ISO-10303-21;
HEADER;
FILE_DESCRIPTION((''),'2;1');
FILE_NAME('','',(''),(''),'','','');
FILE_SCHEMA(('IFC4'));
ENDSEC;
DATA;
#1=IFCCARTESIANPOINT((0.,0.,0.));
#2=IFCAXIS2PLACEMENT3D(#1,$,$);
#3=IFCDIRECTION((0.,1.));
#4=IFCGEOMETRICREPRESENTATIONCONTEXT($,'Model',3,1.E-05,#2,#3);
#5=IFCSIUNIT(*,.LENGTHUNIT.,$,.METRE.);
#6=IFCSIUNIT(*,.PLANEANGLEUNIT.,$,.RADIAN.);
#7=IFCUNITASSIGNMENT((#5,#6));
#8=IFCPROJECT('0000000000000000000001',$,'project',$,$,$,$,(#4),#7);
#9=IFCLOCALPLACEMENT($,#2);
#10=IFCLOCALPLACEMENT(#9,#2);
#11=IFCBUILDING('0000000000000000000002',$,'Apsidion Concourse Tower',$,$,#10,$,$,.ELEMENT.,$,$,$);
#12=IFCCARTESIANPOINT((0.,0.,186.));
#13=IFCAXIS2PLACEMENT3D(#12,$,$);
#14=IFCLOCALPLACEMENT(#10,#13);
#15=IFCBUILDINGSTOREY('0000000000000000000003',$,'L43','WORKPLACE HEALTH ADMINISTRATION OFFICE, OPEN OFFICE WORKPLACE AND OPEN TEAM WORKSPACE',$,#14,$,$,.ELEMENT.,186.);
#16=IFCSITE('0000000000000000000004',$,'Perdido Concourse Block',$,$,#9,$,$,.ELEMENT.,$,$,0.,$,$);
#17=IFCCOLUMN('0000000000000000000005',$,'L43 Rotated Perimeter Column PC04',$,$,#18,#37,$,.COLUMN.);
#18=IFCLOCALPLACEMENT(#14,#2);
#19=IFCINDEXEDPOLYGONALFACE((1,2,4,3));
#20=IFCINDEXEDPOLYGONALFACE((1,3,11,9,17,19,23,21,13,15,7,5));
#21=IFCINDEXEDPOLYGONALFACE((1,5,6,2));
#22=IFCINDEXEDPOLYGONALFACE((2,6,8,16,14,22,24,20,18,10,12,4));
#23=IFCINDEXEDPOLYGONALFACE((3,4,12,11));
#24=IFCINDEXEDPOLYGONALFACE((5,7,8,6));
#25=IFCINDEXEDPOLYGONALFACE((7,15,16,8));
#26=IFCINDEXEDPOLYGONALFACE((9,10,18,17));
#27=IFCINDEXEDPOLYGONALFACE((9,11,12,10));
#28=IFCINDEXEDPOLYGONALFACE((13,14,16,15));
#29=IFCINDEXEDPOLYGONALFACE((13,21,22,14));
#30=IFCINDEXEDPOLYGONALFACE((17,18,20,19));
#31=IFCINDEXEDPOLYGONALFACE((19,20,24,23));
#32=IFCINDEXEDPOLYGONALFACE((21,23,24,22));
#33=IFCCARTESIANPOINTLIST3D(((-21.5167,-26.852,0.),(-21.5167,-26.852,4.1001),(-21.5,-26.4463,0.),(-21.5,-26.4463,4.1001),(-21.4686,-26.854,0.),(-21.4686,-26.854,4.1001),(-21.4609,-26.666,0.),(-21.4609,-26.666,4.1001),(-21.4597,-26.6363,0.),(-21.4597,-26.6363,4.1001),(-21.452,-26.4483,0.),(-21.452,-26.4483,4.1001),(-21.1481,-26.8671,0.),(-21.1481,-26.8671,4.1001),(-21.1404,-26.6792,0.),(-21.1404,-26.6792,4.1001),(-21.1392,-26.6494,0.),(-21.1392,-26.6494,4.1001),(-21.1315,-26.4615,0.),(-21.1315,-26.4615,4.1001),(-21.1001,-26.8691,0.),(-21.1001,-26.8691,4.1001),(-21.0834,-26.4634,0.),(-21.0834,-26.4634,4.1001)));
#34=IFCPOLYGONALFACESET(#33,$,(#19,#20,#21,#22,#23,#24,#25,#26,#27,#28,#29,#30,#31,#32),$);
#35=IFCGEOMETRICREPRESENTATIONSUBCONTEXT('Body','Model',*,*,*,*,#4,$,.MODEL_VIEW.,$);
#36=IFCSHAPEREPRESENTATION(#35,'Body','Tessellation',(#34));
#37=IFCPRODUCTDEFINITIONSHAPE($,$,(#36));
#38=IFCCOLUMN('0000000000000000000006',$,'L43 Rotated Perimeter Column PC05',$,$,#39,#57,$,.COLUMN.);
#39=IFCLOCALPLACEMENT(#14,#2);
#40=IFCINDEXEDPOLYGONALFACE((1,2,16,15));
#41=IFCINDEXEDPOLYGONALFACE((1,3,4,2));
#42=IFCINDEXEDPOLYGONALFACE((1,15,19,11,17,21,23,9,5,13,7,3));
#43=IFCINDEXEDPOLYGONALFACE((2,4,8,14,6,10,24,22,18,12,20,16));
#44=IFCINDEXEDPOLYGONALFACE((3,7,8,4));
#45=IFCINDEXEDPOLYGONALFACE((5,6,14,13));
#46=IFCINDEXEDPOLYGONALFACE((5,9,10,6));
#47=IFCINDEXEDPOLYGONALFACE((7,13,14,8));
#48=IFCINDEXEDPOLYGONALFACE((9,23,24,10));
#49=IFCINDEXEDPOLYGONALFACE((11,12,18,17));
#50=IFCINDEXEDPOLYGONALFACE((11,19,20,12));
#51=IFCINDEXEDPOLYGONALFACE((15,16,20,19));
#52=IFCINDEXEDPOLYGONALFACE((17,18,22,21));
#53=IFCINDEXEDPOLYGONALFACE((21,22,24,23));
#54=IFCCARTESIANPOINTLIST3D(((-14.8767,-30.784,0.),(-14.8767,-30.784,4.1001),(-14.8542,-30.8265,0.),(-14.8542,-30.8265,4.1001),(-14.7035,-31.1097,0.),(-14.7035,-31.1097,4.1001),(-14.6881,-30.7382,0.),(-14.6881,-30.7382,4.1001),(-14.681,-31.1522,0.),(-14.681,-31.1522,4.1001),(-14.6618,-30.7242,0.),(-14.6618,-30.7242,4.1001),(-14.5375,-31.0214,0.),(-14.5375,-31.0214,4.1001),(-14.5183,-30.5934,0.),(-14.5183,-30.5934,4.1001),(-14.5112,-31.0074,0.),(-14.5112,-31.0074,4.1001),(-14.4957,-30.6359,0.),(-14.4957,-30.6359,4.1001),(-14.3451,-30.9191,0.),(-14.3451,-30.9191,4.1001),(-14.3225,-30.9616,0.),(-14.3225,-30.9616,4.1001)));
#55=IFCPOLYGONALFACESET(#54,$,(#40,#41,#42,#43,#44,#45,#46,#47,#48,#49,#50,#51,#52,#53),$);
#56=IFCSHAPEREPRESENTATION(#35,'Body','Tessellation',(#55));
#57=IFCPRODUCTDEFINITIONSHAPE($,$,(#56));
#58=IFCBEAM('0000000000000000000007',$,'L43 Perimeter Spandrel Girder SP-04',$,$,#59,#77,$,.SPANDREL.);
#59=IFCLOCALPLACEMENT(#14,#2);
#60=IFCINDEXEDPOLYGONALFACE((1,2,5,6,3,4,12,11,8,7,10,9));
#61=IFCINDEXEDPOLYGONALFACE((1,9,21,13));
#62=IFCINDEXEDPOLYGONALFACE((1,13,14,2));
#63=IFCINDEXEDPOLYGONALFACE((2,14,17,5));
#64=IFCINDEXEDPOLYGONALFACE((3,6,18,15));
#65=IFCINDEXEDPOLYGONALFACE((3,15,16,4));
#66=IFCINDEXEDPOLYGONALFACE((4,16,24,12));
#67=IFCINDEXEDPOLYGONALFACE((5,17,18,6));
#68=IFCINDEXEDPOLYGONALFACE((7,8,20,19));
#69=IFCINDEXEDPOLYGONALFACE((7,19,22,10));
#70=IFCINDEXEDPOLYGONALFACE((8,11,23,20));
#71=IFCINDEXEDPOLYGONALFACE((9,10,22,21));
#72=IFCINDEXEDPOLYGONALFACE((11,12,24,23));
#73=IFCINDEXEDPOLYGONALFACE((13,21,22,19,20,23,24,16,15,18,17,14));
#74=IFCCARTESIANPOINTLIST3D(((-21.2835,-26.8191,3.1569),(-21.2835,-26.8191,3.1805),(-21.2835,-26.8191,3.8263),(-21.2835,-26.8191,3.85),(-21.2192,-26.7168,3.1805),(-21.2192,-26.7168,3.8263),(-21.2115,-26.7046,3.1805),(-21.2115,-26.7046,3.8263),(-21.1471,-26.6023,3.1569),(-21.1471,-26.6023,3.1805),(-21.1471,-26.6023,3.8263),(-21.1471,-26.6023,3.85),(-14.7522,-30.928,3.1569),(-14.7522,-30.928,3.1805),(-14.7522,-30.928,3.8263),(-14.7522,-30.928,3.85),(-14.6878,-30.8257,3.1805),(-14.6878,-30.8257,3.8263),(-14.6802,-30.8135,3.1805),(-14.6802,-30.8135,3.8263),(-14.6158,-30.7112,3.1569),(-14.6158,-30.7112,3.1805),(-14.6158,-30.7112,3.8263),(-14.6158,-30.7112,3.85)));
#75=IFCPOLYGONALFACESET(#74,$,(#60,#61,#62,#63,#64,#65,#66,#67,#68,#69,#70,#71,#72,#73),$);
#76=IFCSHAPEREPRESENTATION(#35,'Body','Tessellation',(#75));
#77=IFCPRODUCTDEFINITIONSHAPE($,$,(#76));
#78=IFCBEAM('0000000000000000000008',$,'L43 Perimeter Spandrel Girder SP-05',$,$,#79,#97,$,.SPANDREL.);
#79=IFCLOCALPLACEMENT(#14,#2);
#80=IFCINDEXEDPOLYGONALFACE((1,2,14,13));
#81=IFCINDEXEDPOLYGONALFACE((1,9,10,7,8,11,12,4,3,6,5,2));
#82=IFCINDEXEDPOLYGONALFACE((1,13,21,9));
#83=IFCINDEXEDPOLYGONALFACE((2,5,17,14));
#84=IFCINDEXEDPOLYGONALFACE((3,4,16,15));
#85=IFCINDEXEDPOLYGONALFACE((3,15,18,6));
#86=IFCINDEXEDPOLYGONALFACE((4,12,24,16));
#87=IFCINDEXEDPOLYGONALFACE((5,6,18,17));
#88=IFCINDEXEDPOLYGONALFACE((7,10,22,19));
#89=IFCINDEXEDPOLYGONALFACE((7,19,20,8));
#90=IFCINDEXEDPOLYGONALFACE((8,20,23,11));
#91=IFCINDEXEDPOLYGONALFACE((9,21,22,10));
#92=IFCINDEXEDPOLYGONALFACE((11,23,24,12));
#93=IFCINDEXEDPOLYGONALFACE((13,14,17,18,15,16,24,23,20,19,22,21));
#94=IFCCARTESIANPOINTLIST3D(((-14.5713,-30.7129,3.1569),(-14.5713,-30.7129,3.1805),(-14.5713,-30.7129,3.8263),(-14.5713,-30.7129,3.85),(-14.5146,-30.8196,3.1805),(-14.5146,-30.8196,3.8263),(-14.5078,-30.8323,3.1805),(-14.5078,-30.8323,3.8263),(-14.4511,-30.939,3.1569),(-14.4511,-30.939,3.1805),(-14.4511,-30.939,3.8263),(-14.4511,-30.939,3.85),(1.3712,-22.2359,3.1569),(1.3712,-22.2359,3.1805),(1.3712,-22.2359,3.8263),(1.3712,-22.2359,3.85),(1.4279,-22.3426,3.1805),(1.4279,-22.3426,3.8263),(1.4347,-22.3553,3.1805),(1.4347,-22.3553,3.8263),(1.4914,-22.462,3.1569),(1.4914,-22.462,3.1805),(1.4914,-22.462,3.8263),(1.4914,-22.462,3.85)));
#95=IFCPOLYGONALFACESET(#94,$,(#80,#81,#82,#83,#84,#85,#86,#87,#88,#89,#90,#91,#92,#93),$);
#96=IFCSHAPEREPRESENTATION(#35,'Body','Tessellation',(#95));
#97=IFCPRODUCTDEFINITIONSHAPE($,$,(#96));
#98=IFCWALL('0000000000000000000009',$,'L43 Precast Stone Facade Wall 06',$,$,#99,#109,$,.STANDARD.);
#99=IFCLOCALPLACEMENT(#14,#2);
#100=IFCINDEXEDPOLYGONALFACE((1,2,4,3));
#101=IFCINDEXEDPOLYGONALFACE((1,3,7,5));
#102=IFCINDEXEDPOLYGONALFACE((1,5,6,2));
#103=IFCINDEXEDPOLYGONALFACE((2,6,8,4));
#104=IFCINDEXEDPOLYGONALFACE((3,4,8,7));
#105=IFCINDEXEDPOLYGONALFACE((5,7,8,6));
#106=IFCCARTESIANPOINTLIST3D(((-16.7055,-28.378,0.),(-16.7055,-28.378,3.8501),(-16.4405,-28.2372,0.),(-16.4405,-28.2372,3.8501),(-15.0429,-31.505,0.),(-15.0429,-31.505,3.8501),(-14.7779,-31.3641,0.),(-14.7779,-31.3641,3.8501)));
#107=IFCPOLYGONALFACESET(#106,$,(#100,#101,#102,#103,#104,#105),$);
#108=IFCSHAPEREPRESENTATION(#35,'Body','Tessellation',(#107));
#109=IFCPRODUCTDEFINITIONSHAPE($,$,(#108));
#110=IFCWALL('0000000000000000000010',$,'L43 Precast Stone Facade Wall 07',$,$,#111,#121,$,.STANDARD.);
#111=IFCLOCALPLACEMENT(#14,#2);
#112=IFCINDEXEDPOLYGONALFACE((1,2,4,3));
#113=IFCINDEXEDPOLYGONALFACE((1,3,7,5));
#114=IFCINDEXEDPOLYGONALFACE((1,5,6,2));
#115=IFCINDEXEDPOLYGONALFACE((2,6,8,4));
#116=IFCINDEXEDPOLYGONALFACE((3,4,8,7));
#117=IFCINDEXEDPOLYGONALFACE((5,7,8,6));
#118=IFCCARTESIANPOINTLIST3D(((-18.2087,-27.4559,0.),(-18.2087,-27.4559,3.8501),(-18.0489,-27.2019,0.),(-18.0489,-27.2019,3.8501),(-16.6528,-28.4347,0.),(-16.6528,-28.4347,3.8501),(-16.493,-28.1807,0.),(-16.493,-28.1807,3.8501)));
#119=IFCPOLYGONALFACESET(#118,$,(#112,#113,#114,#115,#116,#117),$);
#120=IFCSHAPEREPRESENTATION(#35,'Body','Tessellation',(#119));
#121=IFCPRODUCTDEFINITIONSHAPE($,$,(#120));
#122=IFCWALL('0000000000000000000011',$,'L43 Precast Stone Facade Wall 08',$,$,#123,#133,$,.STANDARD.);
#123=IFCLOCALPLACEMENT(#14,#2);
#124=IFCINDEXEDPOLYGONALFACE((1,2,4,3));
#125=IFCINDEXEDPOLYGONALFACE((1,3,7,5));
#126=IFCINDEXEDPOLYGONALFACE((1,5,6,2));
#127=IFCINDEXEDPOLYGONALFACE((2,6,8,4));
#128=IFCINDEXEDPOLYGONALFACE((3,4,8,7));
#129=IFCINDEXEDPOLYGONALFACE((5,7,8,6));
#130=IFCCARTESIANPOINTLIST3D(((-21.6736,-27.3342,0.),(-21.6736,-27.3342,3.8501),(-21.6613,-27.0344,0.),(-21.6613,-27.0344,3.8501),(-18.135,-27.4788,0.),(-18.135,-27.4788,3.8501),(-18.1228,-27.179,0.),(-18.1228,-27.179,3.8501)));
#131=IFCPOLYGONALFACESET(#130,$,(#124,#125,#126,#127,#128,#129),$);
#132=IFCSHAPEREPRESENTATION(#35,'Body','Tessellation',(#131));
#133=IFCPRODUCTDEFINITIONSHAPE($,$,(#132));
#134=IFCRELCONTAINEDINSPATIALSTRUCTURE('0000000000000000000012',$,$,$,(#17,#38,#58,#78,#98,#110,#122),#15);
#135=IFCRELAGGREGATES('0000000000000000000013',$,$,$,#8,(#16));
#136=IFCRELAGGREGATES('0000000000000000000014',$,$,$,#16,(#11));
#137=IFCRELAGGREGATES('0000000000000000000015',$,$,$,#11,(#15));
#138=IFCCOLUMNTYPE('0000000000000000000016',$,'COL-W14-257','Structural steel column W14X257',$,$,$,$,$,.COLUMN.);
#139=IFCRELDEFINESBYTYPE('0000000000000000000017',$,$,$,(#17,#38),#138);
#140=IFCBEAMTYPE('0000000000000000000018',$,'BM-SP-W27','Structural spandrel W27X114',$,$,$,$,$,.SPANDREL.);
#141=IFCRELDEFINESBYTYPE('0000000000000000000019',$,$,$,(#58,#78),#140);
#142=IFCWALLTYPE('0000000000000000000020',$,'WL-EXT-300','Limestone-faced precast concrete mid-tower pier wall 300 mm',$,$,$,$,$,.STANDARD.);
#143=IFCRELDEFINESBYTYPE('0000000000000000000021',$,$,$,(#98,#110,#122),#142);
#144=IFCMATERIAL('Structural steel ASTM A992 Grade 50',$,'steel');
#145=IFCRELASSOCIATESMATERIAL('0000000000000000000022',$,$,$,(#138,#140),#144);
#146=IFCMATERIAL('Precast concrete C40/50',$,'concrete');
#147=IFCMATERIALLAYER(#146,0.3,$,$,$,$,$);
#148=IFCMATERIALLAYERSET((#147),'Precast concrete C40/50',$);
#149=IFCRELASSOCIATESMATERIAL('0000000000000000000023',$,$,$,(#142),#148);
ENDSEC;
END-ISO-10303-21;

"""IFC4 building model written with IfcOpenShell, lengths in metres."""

from ifc_helpers import new_model, si_unit, direction, frame, frame_2d, origin, origin_2d, place, context, subcontext, project, spatial, rectangle, i_section, extrude, material, layer, layer_set, material_profile, profile_set, type_object, element, save


model = new_model("IFC4")

# Units and contexts
model_context = context("Model", 3, precision=1e-05, world=origin(), true_north=direction((0.0, 1.0)))
body_context = subcontext(model_context, "Body", "Model", "MODEL_VIEW")
ifc_project = project(units=[si_unit("LENGTHUNIT", "METRE"), si_unit("PLANEANGLEUNIT", "RADIAN")], contexts=[model_context])

# Site, building, storey
site_placement = place(None, origin())
site = spatial("IfcSite", under=ifc_project, at=site_placement, Name="Perdido Concourse Block", CompositionType="ELEMENT", RefElevation=0.0)
building_placement = place(site_placement, origin())
building = spatial("IfcBuilding", under=site, at=building_placement, Name="Apsidion Concourse Tower", CompositionType="ELEMENT")
storey_placement = place(building_placement, frame((0.0, 0.0, 186.0)))
storey = spatial("IfcBuildingStorey", under=building, at=storey_placement, Name="L43", Description="WORKPLACE HEALTH ADMINISTRATION OFFICE, OPEN OFFICE WORKPLACE AND OPEN TEAM WORKSPACE", CompositionType="ELEMENT", Elevation=186.0)

# Columns
ifc_material_1 = material(Name="Structural steel ASTM A992 Grade 50", Category="steel")
ifc_material_profile_1 = material_profile(ifc_material_1, i_section(OverallWidth=0.406, OverallDepth=0.417, WebThickness=0.0298, FlangeThickness=0.0481, at=origin_2d()), Name="W14X257")
ifc_profile_set_1 = profile_set([ifc_material_profile_1], Name="Structural steel ASTM A992 Grade 50")
column_type = type_object("IfcColumnType", Name="COL-W14-257", Description="Structural steel column W14X257", PredefinedType="COLUMN", material=ifc_profile_set_1)
for number, where, z_axis, x_axis, name in (
    (1, (-21.3, -26.6577, 0.0), (0.0, 0.0, 1.0), (0.041004, 0.999159, 0.0), "L43 Rotated Perimeter Column PC04"),
    (2, (-14.5996, -30.8728, 0.0), (0.0, 0.0, 1.0), (0.882948, 0.469472, 0.0), "L43 Rotated Perimeter Column PC05"),
):
    element("IfcColumn", number, at=place(storey_placement, frame(where, z_axis=z_axis, x_axis=x_axis)), inside=storey, type_object=column_type, Name=name, PredefinedType="COLUMN", context=body_context, shape_type="SweptSolid", body=[
        extrude(i_section(OverallWidth=0.406, OverallDepth=0.417, WebThickness=0.0298, FlangeThickness=0.0481, at=origin_2d()), origin(), (0.0, 0.0, 1.0), 4.1001),
    ])

# Beams
ifc_material_profile_2 = material_profile(ifc_material_1, i_section(OverallWidth=0.2561, OverallDepth=0.6931, WebThickness=0.0144, FlangeThickness=0.0237, at=origin_2d()), Name="W27X114")
ifc_profile_set_2 = profile_set([ifc_material_profile_2], Name="Structural steel ASTM A992 Grade 50")
beam_type = type_object("IfcBeamType", Name="BM-SP-W27", Description="Structural spandrel W27X114", PredefinedType="SPANDREL", material=ifc_profile_set_2)
beam_1_placement = place(storey_placement, frame((-21.2153, -26.7107, 3.5034), z_axis=(0.84643, -0.532499, 0.0), x_axis=(0.532499, 0.84643, 0.0)))
element("IfcBeam", 3, at=beam_1_placement, inside=storey, type_object=beam_type, Name="L43 Perimeter Spandrel Girder SP-04", PredefinedType="SPANDREL", context=body_context, shape_type="SweptSolid", body=[
    extrude(i_section(OverallWidth=0.2561, OverallDepth=0.6931, WebThickness=0.0144, FlangeThickness=0.0237, at=origin_2d()), origin(), (0.0, 0.0, 1.0), 7.7163),
])
beam_2_placement = place(storey_placement, frame((-14.5112, -30.8259, 3.5034), z_axis=(0.882943, 0.46948, 0.0), x_axis=(-0.46948, 0.882943, 0.0)))
element("IfcBeam", 4, at=beam_2_placement, inside=storey, type_object=beam_type, Name="L43 Perimeter Spandrel Girder SP-05", PredefinedType="SPANDREL", context=body_context, shape_type="SweptSolid", body=[
    extrude(i_section(OverallWidth=0.2561, OverallDepth=0.6931, WebThickness=0.0144, FlangeThickness=0.0237, at=origin_2d()), origin(), (0.0, 0.0, 1.0), 18.0562),
])

# Walls
ifc_material_2 = material(Name="Precast concrete C40/50", Category="concrete")
ifc_layer_1 = layer(ifc_material_2, 0.3)
ifc_layer_set_1 = layer_set([ifc_layer_1], Name="Precast concrete C40/50")
wall_type_1 = type_object("IfcWallType", Name="WL-EXT-300", Description="Limestone-faced precast concrete mid-tower pier wall 300 mm", PredefinedType="STANDARD", material=ifc_layer_set_1)
wall_1_placement = place(storey_placement, frame((-14.9104, -31.4346, 0.0), z_axis=(0.0, 0.0, 1.0), x_axis=(-0.469464, 0.882951, 0.0)))
element("IfcWall", 5, at=wall_1_placement, inside=storey, type_object=wall_type_1, Name="L43 Precast Stone Facade Wall 06", PredefinedType="STANDARD", context=body_context, shape_type="SweptSolid", body=[
    extrude(rectangle(XDim=3.5415, YDim=0.3, at=frame_2d((1.7708, 0.0))), origin(), (0.0, 0.0, 1.0), 3.8501),
])
wall_2_placement = place(storey_placement, frame((-16.573, -28.3076, 0.0), z_axis=(0.0, 0.0, 1.0), x_axis=(-0.84645, 0.532468, 0.0)))
element("IfcWall", 6, at=wall_2_placement, inside=storey, type_object=wall_type_1, Name="L43 Precast Stone Facade Wall 07", PredefinedType="STANDARD", context=body_context, shape_type="SweptSolid", body=[
    extrude(rectangle(XDim=1.8381, YDim=0.3, at=frame_2d((0.9189, 0.0))), origin(), (0.0, 0.0, 1.0), 3.8501),
])
wall_3_placement = place(storey_placement, frame((-18.1289, -27.3289, 0.0), z_axis=(0.0, 0.0, 1.0), x_axis=(-0.999167, 0.04081, 0.0)))
element("IfcWall", 7, at=wall_3_placement, inside=storey, type_object=wall_type_1, Name="L43 Precast Stone Facade Wall 08", PredefinedType="STANDARD", context=body_context, shape_type="SweptSolid", body=[
    extrude(rectangle(XDim=3.5415, YDim=0.3, at=frame_2d((1.7708, 0.0))), origin(), (0.0, 0.0, 1.0), 3.8501),
])

save(model, "model.ifc")
